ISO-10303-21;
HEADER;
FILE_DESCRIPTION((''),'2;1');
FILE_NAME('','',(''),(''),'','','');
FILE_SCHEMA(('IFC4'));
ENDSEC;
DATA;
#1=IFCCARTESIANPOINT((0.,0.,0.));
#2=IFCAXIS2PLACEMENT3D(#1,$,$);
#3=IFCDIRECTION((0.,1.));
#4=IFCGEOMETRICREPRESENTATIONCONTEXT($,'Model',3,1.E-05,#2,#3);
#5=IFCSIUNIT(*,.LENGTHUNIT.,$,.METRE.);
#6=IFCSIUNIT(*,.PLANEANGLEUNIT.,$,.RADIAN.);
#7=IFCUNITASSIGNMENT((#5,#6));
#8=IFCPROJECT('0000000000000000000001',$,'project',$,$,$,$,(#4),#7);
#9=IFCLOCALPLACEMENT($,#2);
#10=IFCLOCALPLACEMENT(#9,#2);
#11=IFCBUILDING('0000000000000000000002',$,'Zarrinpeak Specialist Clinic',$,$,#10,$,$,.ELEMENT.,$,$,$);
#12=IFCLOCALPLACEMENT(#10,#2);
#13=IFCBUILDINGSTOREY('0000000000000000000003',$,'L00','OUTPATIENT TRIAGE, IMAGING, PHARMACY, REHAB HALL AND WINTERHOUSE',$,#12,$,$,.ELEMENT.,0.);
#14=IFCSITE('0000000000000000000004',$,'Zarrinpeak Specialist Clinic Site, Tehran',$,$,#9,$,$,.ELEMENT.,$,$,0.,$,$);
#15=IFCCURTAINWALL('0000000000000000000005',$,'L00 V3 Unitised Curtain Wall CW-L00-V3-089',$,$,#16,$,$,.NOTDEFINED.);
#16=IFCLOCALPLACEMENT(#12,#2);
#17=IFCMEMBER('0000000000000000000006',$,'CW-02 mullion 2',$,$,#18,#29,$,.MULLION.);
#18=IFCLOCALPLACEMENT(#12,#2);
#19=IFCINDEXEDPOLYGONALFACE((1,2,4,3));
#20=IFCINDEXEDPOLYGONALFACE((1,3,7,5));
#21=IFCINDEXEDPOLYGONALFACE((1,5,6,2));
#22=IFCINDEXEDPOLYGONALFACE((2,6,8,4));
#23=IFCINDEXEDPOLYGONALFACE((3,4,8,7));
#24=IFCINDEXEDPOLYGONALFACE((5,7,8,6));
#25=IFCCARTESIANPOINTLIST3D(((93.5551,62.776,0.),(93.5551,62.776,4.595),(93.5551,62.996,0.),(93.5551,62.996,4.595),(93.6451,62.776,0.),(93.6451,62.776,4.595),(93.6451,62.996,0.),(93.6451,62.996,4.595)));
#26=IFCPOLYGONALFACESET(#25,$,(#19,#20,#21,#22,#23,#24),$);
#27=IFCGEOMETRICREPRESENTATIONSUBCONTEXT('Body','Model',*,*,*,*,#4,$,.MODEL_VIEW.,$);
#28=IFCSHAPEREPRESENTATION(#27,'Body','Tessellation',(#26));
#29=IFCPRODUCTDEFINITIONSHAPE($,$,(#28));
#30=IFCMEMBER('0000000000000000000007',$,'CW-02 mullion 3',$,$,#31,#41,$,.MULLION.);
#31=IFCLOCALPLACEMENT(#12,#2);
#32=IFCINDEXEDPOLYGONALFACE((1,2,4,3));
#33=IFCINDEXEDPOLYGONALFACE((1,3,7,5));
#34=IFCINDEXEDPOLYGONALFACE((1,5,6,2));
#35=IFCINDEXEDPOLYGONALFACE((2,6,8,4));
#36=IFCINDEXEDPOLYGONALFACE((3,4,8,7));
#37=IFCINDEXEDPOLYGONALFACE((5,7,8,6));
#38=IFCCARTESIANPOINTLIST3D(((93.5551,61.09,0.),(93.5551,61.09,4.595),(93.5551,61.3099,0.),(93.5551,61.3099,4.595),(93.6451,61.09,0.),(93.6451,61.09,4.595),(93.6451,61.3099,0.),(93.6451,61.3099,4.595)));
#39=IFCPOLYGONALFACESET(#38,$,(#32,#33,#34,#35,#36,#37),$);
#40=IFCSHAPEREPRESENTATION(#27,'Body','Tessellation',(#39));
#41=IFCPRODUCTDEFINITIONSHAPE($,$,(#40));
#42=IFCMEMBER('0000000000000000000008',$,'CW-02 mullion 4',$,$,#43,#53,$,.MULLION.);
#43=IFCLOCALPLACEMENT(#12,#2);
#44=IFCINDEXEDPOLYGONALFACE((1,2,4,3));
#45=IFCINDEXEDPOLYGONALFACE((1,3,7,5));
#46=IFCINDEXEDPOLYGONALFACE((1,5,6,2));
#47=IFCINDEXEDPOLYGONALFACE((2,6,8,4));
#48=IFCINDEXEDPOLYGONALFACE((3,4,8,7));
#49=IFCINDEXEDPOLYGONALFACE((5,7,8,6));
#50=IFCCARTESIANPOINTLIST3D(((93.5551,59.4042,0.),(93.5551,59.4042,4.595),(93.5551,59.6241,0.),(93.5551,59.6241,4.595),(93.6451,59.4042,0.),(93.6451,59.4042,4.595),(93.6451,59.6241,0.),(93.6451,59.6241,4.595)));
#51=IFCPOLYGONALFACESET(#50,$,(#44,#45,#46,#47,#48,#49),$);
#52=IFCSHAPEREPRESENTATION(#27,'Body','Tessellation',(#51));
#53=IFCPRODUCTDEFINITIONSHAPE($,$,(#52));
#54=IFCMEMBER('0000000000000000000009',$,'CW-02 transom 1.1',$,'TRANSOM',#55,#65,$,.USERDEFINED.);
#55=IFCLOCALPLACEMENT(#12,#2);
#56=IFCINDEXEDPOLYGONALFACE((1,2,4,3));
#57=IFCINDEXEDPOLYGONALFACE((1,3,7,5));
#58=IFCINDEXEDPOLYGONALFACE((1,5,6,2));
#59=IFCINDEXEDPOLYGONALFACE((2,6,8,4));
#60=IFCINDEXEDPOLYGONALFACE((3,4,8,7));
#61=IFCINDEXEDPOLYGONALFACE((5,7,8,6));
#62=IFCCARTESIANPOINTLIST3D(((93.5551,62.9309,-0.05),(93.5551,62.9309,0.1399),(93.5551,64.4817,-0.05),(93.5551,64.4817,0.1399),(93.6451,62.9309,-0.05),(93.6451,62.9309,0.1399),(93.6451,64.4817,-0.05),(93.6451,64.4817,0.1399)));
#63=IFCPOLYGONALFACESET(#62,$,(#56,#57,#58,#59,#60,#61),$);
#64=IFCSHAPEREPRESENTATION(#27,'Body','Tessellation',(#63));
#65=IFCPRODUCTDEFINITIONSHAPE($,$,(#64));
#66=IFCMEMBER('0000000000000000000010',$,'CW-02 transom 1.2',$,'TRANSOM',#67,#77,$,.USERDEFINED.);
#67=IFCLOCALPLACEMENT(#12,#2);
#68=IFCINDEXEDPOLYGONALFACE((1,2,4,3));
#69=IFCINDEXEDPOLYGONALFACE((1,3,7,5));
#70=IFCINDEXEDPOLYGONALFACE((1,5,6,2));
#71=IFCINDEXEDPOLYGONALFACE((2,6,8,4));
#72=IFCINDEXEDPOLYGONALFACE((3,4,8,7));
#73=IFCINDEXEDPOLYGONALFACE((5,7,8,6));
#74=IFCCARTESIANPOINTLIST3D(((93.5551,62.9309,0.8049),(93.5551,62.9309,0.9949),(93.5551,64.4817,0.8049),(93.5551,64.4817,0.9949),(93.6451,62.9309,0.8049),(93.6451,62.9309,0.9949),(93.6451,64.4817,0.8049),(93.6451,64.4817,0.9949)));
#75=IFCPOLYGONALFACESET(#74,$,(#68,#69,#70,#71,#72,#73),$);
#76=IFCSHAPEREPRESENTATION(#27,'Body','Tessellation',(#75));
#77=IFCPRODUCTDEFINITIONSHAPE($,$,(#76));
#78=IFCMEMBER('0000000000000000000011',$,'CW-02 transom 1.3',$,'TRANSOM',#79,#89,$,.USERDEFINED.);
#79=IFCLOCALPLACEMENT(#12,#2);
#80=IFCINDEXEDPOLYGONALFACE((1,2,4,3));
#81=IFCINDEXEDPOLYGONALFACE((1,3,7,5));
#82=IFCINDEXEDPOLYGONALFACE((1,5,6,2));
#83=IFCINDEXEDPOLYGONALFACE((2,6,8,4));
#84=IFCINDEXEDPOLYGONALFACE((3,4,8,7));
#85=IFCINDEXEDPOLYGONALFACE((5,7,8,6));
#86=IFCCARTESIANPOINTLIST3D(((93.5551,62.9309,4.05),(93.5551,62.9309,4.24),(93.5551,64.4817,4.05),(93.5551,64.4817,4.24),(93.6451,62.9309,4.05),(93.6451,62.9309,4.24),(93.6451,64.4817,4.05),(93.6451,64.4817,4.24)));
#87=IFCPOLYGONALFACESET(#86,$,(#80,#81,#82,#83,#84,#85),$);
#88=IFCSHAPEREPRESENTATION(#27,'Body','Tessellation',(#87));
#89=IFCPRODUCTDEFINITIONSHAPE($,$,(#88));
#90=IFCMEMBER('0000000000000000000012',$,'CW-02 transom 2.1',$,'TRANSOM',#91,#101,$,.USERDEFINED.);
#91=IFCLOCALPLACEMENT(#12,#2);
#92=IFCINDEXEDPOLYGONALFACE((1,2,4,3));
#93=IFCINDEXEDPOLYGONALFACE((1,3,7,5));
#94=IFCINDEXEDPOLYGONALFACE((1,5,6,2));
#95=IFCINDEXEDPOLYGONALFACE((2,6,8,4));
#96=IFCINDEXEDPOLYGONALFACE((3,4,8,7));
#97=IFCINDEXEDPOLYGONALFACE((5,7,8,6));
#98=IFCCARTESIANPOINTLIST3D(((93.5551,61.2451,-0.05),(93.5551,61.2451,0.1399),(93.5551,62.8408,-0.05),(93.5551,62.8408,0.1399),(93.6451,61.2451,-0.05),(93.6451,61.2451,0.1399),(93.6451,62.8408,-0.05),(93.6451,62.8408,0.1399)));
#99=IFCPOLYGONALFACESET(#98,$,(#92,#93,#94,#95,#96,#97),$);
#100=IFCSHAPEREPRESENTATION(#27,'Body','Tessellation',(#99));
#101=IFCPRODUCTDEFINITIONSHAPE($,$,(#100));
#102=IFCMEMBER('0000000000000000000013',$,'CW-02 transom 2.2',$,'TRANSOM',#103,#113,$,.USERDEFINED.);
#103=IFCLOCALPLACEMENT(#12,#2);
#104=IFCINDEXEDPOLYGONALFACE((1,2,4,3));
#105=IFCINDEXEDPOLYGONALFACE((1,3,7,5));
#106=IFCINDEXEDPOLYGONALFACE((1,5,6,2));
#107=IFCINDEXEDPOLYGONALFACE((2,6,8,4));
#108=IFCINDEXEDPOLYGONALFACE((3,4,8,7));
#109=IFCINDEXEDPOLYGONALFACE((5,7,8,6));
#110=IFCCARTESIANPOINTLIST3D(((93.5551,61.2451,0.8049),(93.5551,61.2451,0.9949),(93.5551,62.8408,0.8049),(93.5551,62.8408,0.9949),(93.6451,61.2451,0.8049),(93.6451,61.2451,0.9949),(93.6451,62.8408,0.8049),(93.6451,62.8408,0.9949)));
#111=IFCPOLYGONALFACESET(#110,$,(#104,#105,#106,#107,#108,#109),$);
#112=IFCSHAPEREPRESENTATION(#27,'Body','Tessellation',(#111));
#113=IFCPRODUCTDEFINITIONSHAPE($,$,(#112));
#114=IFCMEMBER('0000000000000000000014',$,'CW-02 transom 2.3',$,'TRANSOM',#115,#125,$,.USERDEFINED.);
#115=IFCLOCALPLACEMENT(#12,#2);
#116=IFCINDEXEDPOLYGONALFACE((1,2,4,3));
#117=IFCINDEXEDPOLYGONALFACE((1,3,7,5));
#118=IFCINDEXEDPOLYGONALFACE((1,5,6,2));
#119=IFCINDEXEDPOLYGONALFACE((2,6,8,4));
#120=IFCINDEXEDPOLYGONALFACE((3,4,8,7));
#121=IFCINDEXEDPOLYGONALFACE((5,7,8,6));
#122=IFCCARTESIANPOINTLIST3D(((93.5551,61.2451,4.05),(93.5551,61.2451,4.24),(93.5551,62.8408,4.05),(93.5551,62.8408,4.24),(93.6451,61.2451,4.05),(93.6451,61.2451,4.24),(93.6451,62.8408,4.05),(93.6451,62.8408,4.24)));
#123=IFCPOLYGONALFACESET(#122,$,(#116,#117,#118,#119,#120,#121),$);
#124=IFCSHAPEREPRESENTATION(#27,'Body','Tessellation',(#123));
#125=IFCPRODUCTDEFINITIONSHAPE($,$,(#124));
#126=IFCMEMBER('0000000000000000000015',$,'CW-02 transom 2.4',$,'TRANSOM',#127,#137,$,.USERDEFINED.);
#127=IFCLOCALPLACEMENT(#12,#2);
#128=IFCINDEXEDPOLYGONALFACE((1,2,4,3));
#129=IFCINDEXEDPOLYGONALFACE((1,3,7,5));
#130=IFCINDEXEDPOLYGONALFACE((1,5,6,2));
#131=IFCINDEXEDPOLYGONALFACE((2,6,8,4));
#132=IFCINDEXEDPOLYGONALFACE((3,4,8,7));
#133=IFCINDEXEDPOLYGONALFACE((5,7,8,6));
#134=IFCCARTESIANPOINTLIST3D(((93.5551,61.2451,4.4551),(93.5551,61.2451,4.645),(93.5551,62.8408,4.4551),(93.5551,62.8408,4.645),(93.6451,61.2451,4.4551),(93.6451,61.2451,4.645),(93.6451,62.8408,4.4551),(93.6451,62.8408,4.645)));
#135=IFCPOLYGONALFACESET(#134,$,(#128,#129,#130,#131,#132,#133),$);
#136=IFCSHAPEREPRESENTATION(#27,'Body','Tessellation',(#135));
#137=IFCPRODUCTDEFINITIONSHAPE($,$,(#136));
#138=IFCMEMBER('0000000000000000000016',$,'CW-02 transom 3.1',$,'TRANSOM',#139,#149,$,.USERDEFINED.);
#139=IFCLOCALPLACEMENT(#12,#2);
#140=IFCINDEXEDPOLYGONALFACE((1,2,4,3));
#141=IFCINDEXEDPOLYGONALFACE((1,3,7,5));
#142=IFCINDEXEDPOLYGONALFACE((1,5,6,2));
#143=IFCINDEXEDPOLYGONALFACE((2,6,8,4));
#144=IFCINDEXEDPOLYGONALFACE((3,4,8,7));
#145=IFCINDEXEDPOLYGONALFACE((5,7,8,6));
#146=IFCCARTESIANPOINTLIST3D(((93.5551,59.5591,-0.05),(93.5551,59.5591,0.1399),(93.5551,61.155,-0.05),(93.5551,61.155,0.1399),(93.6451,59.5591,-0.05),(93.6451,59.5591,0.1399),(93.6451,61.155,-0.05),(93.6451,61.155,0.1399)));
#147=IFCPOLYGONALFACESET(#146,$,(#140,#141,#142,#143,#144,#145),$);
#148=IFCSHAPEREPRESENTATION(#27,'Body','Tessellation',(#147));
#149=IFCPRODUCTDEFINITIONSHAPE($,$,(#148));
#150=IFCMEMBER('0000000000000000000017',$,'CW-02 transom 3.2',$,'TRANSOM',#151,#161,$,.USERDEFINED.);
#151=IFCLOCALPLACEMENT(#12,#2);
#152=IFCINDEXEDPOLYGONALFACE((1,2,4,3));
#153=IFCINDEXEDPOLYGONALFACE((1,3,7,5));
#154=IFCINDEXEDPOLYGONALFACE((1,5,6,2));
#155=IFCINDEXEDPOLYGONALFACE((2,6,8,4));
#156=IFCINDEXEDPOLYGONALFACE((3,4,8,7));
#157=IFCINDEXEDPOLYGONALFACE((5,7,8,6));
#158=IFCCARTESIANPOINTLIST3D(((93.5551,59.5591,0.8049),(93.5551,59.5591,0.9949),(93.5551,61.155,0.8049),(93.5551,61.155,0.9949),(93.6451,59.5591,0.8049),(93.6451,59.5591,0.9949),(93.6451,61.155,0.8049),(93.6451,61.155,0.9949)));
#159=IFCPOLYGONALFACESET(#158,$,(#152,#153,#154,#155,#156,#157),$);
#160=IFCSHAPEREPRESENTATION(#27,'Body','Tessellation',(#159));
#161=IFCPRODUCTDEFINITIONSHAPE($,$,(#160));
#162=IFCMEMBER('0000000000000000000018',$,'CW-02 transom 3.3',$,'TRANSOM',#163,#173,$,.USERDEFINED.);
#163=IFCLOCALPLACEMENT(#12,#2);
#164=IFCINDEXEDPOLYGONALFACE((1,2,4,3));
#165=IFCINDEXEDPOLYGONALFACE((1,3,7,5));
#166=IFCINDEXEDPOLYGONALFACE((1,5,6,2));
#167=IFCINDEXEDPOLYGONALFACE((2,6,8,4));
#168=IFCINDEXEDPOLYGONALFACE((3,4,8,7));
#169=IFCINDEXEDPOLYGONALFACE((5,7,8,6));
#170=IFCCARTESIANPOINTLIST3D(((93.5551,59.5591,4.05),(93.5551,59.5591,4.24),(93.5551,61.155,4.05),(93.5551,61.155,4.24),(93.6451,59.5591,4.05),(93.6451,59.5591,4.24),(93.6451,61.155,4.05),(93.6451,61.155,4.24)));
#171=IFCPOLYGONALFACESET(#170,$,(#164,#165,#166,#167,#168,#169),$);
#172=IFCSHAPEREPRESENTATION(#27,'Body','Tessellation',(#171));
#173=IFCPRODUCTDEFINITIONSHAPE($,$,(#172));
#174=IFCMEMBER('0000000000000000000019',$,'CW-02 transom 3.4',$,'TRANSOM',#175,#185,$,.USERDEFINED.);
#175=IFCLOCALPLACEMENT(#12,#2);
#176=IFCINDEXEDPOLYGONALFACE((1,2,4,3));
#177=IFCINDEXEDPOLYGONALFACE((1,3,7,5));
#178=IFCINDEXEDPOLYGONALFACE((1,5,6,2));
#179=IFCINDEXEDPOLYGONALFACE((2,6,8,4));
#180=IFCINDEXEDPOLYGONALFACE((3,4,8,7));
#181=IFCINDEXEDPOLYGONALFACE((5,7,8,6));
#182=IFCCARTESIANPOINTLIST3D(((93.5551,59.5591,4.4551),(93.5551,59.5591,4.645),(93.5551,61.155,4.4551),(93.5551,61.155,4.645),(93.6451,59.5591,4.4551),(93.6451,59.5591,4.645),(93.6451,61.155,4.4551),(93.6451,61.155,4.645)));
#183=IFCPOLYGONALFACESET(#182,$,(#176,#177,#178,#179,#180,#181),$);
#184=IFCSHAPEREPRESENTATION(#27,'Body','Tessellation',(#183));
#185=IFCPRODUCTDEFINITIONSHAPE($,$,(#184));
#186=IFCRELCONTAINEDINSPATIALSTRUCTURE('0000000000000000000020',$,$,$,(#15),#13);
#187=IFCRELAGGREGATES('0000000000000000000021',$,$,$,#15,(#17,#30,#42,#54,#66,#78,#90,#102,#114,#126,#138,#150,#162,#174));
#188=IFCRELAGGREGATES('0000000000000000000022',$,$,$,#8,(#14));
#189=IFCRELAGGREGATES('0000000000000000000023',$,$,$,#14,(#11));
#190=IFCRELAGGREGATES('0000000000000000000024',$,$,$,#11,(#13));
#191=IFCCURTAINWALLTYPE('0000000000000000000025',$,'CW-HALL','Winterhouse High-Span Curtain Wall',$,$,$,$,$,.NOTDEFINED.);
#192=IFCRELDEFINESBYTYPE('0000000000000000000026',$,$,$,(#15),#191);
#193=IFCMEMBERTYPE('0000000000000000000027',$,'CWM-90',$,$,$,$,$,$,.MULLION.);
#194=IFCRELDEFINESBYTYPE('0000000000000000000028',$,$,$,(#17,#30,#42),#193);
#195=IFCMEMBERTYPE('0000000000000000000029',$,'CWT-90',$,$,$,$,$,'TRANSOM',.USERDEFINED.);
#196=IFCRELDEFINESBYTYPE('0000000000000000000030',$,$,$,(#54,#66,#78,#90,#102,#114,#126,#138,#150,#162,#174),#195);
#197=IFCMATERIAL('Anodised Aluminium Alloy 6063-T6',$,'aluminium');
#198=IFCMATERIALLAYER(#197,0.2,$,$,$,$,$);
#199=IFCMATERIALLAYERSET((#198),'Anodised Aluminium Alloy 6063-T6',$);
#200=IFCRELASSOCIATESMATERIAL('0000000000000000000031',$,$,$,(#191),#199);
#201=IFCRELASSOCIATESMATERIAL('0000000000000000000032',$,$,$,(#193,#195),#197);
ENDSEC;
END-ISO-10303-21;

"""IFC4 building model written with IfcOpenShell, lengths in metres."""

from ifc_helpers import new_model, si_unit, direction, frame, origin, origin_2d, place, context, subcontext, project, spatial, rectangle, extrude, material, layer, layer_set, material_profile, profile_set, type_object, element, aggregate, save


model = new_model("IFC4")

# Units and contexts
model_context = context("Model", 3, precision=1e-05, world=origin(), true_north=direction((0.0, 1.0)))
body_context = subcontext(model_context, "Body", "Model", "MODEL_VIEW")
ifc_project = project(units=[si_unit("LENGTHUNIT", "METRE"), si_unit("PLANEANGLEUNIT", "RADIAN")], contexts=[model_context])

# Site, building, storey
site_placement = place(None, origin())
site = spatial("IfcSite", under=ifc_project, at=site_placement, Name="Zarrinpeak Specialist Clinic Site, Tehran", CompositionType="ELEMENT", RefElevation=0.0)
building_placement = place(site_placement, origin())
building = spatial("IfcBuilding", under=site, at=building_placement, Name="Zarrinpeak Specialist Clinic", CompositionType="ELEMENT")
storey_placement = place(building_placement, origin())
storey = spatial("IfcBuildingStorey", under=building, at=storey_placement, Name="L00", Description="OUTPATIENT TRIAGE, IMAGING, PHARMACY, REHAB HALL AND WINTERHOUSE", CompositionType="ELEMENT", Elevation=0.0)

# Curtain wall, members
ifc_material_1 = material(Name="Anodised Aluminium Alloy 6063-T6", Category="aluminium")
ifc_layer_1 = layer(ifc_material_1, 0.2)
ifc_layer_set_1 = layer_set([ifc_layer_1], Name="Anodised Aluminium Alloy 6063-T6")
curtain_wall_type = type_object("IfcCurtainWallType", Name="CW-HALL", Description="Winterhouse High-Span Curtain Wall", PredefinedType="NOTDEFINED", material=ifc_layer_set_1)
curtain_wall_placement = place(storey_placement, origin())
curtain_wall = element("IfcCurtainWall", 1, at=curtain_wall_placement, inside=storey, type_object=curtain_wall_type, Name="L00 V3 Unitised Curtain Wall CW-L00-V3-089", PredefinedType="NOTDEFINED")
ifc_material_profile_1 = material_profile(ifc_material_1, rectangle(XDim=0.0901, YDim=0.22, at=origin_2d()), Name="ALU 90x220")
ifc_profile_set_1 = profile_set([ifc_material_profile_1], Name="Anodised Aluminium Alloy 6063-T6")
member_type_1 = type_object("IfcMemberType", Name="CWM-90", PredefinedType="MULLION", material=ifc_profile_set_1)
member_1_placement = place(storey_placement, frame((93.6001, 62.886, 0.0), z_axis=(0.0, 0.0, 1.0), x_axis=(1.0, 0.0, 0.0)))
member_1 = element("IfcMember", 2, at=member_1_placement, type_object=member_type_1, Name="CW-02 mullion 2", PredefinedType="MULLION", context=body_context, shape_type="SweptSolid", body=[
    extrude(rectangle(XDim=0.0901, YDim=0.22, at=origin_2d()), origin(), (0.0, 0.0, 1.0), 4.595),
])
member_2_placement = place(storey_placement, frame((93.6001, 61.2, 0.0), z_axis=(0.0, 0.0, 1.0), x_axis=(1.0, 0.0, 0.0)))
member_2 = element("IfcMember", 3, at=member_2_placement, type_object=member_type_1, Name="CW-02 mullion 3", PredefinedType="MULLION", context=body_context, shape_type="SweptSolid", body=[
    extrude(rectangle(XDim=0.0901, YDim=0.22, at=origin_2d()), origin(), (0.0, 0.0, 1.0), 4.595),
])
member_3_placement = place(storey_placement, frame((93.6001, 59.5142, 0.0), z_axis=(0.0, 0.0, 1.0), x_axis=(1.0, 0.0, 0.0)))
member_3 = element("IfcMember", 4, at=member_3_placement, type_object=member_type_1, Name="CW-02 mullion 4", PredefinedType="MULLION", context=body_context, shape_type="SweptSolid", body=[
    extrude(rectangle(XDim=0.0901, YDim=0.22, at=origin_2d()), origin(), (0.0, 0.0, 1.0), 4.595),
])
ifc_material_profile_2 = material_profile(ifc_material_1, rectangle(XDim=0.0901, YDim=0.1899, at=origin_2d()), Name="ALU 90x190")
ifc_profile_set_2 = profile_set([ifc_material_profile_2], Name="Anodised Aluminium Alloy 6063-T6")
member_type_2 = type_object("IfcMemberType", Name="CWT-90", ElementType="TRANSOM", PredefinedType="USERDEFINED", material=ifc_profile_set_2)
member_4_placement = place(storey_placement, frame((93.6001, 64.4817, 0.0449), z_axis=(0.0, -1.0, 0.0), x_axis=(1.0, 0.0, 0.0)))
member_4 = element("IfcMember", 5, at=member_4_placement, type_object=member_type_2, Name="CW-02 transom 1.1", ObjectType="TRANSOM", PredefinedType="USERDEFINED", context=body_context, shape_type="SweptSolid", body=[
    extrude(rectangle(XDim=0.0901, YDim=0.1899, at=origin_2d()), origin(), (0.0, 0.0, 1.0), 1.5508),
])
member_5_placement = place(storey_placement, frame((93.6001, 64.4817, 0.8999), z_axis=(0.0, -1.0, 0.0), x_axis=(1.0, 0.0, 0.0)))
member_5 = element("IfcMember", 6, at=member_5_placement, type_object=member_type_2, Name="CW-02 transom 1.2", ObjectType="TRANSOM", PredefinedType="USERDEFINED", context=body_context, shape_type="SweptSolid", body=[
    extrude(rectangle(XDim=0.0901, YDim=0.1899, at=origin_2d()), origin(), (0.0, 0.0, 1.0), 1.5508),
])
member_6_placement = place(storey_placement, frame((93.6001, 64.4817, 4.145), z_axis=(0.0, -1.0, 0.0), x_axis=(1.0, 0.0, 0.0)))
member_6 = element("IfcMember", 7, at=member_6_placement, type_object=member_type_2, Name="CW-02 transom 1.3", ObjectType="TRANSOM", PredefinedType="USERDEFINED", context=body_context, shape_type="SweptSolid", body=[
    extrude(rectangle(XDim=0.0901, YDim=0.1899, at=origin_2d()), origin(), (0.0, 0.0, 1.0), 1.5508),
])
member_7_placement = place(storey_placement, frame((93.6001, 62.8408, 0.0449), z_axis=(0.0, -1.0, 0.0), x_axis=(1.0, 0.0, 0.0)))
member_7 = element("IfcMember", 8, at=member_7_placement, type_object=member_type_2, Name="CW-02 transom 2.1", ObjectType="TRANSOM", PredefinedType="USERDEFINED", context=body_context, shape_type="SweptSolid", body=[
    extrude(rectangle(XDim=0.0901, YDim=0.1899, at=origin_2d()), origin(), (0.0, 0.0, 1.0), 1.5957),
])
member_8_placement = place(storey_placement, frame((93.6001, 62.8408, 0.8999), z_axis=(0.0, -1.0, 0.0), x_axis=(1.0, 0.0, 0.0)))
member_8 = element("IfcMember", 9, at=member_8_placement, type_object=member_type_2, Name="CW-02 transom 2.2", ObjectType="TRANSOM", PredefinedType="USERDEFINED", context=body_context, shape_type="SweptSolid", body=[
    extrude(rectangle(XDim=0.0901, YDim=0.1899, at=origin_2d()), origin(), (0.0, 0.0, 1.0), 1.5957),
])
member_9_placement = place(storey_placement, frame((93.6001, 62.8408, 4.145), z_axis=(0.0, -1.0, 0.0), x_axis=(1.0, 0.0, 0.0)))
member_9 = element("IfcMember", 10, at=member_9_placement, type_object=member_type_2, Name="CW-02 transom 2.3", ObjectType="TRANSOM", PredefinedType="USERDEFINED", context=body_context, shape_type="SweptSolid", body=[
    extrude(rectangle(XDim=0.0901, YDim=0.1899, at=origin_2d()), origin(), (0.0, 0.0, 1.0), 1.5957),
])
member_10_placement = place(storey_placement, frame((93.6001, 62.8408, 4.55), z_axis=(0.0, -1.0, 0.0), x_axis=(1.0, 0.0, 0.0)))
member_10 = element("IfcMember", 11, at=member_10_placement, type_object=member_type_2, Name="CW-02 transom 2.4", ObjectType="TRANSOM", PredefinedType="USERDEFINED", context=body_context, shape_type="SweptSolid", body=[
    extrude(rectangle(XDim=0.0901, YDim=0.1899, at=origin_2d()), origin(), (0.0, 0.0, 1.0), 1.5957),
])
member_11_placement = place(storey_placement, frame((93.6001, 61.155, 0.0449), z_axis=(0.0, -1.0, 0.0), x_axis=(1.0, 0.0, 0.0)))
member_11 = element("IfcMember", 12, at=member_11_placement, type_object=member_type_2, Name="CW-02 transom 3.1", ObjectType="TRANSOM", PredefinedType="USERDEFINED", context=body_context, shape_type="SweptSolid", body=[
    extrude(rectangle(XDim=0.0901, YDim=0.1899, at=origin_2d()), origin(), (0.0, 0.0, 1.0), 1.5959),
])
member_12_placement = place(storey_placement, frame((93.6001, 61.155, 0.8999), z_axis=(0.0, -1.0, 0.0), x_axis=(1.0, 0.0, 0.0)))
member_12 = element("IfcMember", 13, at=member_12_placement, type_object=member_type_2, Name="CW-02 transom 3.2", ObjectType="TRANSOM", PredefinedType="USERDEFINED", context=body_context, shape_type="SweptSolid", body=[
    extrude(rectangle(XDim=0.0901, YDim=0.1899, at=origin_2d()), origin(), (0.0, 0.0, 1.0), 1.5959),
])
member_13_placement = place(storey_placement, frame((93.6001, 61.155, 4.145), z_axis=(0.0, -1.0, 0.0), x_axis=(1.0, 0.0, 0.0)))
member_13 = element("IfcMember", 14, at=member_13_placement, type_object=member_type_2, Name="CW-02 transom 3.3", ObjectType="TRANSOM", PredefinedType="USERDEFINED", context=body_context, shape_type="SweptSolid", body=[
    extrude(rectangle(XDim=0.0901, YDim=0.1899, at=origin_2d()), origin(), (0.0, 0.0, 1.0), 1.5959),
])
member_14_placement = place(storey_placement, frame((93.6001, 61.155, 4.55), z_axis=(0.0, -1.0, 0.0), x_axis=(1.0, 0.0, 0.0)))
member_14 = element("IfcMember", 15, at=member_14_placement, type_object=member_type_2, Name="CW-02 transom 3.4", ObjectType="TRANSOM", PredefinedType="USERDEFINED", context=body_context, shape_type="SweptSolid", body=[
    extrude(rectangle(XDim=0.0901, YDim=0.1899, at=origin_2d()), origin(), (0.0, 0.0, 1.0), 1.5959),
])
aggregate(curtain_wall, [member_1, member_2, member_3, member_4, member_5, member_6, member_7, member_8, member_9, member_10, member_11, member_12, member_13, member_14])

save(model, "model.ifc")
